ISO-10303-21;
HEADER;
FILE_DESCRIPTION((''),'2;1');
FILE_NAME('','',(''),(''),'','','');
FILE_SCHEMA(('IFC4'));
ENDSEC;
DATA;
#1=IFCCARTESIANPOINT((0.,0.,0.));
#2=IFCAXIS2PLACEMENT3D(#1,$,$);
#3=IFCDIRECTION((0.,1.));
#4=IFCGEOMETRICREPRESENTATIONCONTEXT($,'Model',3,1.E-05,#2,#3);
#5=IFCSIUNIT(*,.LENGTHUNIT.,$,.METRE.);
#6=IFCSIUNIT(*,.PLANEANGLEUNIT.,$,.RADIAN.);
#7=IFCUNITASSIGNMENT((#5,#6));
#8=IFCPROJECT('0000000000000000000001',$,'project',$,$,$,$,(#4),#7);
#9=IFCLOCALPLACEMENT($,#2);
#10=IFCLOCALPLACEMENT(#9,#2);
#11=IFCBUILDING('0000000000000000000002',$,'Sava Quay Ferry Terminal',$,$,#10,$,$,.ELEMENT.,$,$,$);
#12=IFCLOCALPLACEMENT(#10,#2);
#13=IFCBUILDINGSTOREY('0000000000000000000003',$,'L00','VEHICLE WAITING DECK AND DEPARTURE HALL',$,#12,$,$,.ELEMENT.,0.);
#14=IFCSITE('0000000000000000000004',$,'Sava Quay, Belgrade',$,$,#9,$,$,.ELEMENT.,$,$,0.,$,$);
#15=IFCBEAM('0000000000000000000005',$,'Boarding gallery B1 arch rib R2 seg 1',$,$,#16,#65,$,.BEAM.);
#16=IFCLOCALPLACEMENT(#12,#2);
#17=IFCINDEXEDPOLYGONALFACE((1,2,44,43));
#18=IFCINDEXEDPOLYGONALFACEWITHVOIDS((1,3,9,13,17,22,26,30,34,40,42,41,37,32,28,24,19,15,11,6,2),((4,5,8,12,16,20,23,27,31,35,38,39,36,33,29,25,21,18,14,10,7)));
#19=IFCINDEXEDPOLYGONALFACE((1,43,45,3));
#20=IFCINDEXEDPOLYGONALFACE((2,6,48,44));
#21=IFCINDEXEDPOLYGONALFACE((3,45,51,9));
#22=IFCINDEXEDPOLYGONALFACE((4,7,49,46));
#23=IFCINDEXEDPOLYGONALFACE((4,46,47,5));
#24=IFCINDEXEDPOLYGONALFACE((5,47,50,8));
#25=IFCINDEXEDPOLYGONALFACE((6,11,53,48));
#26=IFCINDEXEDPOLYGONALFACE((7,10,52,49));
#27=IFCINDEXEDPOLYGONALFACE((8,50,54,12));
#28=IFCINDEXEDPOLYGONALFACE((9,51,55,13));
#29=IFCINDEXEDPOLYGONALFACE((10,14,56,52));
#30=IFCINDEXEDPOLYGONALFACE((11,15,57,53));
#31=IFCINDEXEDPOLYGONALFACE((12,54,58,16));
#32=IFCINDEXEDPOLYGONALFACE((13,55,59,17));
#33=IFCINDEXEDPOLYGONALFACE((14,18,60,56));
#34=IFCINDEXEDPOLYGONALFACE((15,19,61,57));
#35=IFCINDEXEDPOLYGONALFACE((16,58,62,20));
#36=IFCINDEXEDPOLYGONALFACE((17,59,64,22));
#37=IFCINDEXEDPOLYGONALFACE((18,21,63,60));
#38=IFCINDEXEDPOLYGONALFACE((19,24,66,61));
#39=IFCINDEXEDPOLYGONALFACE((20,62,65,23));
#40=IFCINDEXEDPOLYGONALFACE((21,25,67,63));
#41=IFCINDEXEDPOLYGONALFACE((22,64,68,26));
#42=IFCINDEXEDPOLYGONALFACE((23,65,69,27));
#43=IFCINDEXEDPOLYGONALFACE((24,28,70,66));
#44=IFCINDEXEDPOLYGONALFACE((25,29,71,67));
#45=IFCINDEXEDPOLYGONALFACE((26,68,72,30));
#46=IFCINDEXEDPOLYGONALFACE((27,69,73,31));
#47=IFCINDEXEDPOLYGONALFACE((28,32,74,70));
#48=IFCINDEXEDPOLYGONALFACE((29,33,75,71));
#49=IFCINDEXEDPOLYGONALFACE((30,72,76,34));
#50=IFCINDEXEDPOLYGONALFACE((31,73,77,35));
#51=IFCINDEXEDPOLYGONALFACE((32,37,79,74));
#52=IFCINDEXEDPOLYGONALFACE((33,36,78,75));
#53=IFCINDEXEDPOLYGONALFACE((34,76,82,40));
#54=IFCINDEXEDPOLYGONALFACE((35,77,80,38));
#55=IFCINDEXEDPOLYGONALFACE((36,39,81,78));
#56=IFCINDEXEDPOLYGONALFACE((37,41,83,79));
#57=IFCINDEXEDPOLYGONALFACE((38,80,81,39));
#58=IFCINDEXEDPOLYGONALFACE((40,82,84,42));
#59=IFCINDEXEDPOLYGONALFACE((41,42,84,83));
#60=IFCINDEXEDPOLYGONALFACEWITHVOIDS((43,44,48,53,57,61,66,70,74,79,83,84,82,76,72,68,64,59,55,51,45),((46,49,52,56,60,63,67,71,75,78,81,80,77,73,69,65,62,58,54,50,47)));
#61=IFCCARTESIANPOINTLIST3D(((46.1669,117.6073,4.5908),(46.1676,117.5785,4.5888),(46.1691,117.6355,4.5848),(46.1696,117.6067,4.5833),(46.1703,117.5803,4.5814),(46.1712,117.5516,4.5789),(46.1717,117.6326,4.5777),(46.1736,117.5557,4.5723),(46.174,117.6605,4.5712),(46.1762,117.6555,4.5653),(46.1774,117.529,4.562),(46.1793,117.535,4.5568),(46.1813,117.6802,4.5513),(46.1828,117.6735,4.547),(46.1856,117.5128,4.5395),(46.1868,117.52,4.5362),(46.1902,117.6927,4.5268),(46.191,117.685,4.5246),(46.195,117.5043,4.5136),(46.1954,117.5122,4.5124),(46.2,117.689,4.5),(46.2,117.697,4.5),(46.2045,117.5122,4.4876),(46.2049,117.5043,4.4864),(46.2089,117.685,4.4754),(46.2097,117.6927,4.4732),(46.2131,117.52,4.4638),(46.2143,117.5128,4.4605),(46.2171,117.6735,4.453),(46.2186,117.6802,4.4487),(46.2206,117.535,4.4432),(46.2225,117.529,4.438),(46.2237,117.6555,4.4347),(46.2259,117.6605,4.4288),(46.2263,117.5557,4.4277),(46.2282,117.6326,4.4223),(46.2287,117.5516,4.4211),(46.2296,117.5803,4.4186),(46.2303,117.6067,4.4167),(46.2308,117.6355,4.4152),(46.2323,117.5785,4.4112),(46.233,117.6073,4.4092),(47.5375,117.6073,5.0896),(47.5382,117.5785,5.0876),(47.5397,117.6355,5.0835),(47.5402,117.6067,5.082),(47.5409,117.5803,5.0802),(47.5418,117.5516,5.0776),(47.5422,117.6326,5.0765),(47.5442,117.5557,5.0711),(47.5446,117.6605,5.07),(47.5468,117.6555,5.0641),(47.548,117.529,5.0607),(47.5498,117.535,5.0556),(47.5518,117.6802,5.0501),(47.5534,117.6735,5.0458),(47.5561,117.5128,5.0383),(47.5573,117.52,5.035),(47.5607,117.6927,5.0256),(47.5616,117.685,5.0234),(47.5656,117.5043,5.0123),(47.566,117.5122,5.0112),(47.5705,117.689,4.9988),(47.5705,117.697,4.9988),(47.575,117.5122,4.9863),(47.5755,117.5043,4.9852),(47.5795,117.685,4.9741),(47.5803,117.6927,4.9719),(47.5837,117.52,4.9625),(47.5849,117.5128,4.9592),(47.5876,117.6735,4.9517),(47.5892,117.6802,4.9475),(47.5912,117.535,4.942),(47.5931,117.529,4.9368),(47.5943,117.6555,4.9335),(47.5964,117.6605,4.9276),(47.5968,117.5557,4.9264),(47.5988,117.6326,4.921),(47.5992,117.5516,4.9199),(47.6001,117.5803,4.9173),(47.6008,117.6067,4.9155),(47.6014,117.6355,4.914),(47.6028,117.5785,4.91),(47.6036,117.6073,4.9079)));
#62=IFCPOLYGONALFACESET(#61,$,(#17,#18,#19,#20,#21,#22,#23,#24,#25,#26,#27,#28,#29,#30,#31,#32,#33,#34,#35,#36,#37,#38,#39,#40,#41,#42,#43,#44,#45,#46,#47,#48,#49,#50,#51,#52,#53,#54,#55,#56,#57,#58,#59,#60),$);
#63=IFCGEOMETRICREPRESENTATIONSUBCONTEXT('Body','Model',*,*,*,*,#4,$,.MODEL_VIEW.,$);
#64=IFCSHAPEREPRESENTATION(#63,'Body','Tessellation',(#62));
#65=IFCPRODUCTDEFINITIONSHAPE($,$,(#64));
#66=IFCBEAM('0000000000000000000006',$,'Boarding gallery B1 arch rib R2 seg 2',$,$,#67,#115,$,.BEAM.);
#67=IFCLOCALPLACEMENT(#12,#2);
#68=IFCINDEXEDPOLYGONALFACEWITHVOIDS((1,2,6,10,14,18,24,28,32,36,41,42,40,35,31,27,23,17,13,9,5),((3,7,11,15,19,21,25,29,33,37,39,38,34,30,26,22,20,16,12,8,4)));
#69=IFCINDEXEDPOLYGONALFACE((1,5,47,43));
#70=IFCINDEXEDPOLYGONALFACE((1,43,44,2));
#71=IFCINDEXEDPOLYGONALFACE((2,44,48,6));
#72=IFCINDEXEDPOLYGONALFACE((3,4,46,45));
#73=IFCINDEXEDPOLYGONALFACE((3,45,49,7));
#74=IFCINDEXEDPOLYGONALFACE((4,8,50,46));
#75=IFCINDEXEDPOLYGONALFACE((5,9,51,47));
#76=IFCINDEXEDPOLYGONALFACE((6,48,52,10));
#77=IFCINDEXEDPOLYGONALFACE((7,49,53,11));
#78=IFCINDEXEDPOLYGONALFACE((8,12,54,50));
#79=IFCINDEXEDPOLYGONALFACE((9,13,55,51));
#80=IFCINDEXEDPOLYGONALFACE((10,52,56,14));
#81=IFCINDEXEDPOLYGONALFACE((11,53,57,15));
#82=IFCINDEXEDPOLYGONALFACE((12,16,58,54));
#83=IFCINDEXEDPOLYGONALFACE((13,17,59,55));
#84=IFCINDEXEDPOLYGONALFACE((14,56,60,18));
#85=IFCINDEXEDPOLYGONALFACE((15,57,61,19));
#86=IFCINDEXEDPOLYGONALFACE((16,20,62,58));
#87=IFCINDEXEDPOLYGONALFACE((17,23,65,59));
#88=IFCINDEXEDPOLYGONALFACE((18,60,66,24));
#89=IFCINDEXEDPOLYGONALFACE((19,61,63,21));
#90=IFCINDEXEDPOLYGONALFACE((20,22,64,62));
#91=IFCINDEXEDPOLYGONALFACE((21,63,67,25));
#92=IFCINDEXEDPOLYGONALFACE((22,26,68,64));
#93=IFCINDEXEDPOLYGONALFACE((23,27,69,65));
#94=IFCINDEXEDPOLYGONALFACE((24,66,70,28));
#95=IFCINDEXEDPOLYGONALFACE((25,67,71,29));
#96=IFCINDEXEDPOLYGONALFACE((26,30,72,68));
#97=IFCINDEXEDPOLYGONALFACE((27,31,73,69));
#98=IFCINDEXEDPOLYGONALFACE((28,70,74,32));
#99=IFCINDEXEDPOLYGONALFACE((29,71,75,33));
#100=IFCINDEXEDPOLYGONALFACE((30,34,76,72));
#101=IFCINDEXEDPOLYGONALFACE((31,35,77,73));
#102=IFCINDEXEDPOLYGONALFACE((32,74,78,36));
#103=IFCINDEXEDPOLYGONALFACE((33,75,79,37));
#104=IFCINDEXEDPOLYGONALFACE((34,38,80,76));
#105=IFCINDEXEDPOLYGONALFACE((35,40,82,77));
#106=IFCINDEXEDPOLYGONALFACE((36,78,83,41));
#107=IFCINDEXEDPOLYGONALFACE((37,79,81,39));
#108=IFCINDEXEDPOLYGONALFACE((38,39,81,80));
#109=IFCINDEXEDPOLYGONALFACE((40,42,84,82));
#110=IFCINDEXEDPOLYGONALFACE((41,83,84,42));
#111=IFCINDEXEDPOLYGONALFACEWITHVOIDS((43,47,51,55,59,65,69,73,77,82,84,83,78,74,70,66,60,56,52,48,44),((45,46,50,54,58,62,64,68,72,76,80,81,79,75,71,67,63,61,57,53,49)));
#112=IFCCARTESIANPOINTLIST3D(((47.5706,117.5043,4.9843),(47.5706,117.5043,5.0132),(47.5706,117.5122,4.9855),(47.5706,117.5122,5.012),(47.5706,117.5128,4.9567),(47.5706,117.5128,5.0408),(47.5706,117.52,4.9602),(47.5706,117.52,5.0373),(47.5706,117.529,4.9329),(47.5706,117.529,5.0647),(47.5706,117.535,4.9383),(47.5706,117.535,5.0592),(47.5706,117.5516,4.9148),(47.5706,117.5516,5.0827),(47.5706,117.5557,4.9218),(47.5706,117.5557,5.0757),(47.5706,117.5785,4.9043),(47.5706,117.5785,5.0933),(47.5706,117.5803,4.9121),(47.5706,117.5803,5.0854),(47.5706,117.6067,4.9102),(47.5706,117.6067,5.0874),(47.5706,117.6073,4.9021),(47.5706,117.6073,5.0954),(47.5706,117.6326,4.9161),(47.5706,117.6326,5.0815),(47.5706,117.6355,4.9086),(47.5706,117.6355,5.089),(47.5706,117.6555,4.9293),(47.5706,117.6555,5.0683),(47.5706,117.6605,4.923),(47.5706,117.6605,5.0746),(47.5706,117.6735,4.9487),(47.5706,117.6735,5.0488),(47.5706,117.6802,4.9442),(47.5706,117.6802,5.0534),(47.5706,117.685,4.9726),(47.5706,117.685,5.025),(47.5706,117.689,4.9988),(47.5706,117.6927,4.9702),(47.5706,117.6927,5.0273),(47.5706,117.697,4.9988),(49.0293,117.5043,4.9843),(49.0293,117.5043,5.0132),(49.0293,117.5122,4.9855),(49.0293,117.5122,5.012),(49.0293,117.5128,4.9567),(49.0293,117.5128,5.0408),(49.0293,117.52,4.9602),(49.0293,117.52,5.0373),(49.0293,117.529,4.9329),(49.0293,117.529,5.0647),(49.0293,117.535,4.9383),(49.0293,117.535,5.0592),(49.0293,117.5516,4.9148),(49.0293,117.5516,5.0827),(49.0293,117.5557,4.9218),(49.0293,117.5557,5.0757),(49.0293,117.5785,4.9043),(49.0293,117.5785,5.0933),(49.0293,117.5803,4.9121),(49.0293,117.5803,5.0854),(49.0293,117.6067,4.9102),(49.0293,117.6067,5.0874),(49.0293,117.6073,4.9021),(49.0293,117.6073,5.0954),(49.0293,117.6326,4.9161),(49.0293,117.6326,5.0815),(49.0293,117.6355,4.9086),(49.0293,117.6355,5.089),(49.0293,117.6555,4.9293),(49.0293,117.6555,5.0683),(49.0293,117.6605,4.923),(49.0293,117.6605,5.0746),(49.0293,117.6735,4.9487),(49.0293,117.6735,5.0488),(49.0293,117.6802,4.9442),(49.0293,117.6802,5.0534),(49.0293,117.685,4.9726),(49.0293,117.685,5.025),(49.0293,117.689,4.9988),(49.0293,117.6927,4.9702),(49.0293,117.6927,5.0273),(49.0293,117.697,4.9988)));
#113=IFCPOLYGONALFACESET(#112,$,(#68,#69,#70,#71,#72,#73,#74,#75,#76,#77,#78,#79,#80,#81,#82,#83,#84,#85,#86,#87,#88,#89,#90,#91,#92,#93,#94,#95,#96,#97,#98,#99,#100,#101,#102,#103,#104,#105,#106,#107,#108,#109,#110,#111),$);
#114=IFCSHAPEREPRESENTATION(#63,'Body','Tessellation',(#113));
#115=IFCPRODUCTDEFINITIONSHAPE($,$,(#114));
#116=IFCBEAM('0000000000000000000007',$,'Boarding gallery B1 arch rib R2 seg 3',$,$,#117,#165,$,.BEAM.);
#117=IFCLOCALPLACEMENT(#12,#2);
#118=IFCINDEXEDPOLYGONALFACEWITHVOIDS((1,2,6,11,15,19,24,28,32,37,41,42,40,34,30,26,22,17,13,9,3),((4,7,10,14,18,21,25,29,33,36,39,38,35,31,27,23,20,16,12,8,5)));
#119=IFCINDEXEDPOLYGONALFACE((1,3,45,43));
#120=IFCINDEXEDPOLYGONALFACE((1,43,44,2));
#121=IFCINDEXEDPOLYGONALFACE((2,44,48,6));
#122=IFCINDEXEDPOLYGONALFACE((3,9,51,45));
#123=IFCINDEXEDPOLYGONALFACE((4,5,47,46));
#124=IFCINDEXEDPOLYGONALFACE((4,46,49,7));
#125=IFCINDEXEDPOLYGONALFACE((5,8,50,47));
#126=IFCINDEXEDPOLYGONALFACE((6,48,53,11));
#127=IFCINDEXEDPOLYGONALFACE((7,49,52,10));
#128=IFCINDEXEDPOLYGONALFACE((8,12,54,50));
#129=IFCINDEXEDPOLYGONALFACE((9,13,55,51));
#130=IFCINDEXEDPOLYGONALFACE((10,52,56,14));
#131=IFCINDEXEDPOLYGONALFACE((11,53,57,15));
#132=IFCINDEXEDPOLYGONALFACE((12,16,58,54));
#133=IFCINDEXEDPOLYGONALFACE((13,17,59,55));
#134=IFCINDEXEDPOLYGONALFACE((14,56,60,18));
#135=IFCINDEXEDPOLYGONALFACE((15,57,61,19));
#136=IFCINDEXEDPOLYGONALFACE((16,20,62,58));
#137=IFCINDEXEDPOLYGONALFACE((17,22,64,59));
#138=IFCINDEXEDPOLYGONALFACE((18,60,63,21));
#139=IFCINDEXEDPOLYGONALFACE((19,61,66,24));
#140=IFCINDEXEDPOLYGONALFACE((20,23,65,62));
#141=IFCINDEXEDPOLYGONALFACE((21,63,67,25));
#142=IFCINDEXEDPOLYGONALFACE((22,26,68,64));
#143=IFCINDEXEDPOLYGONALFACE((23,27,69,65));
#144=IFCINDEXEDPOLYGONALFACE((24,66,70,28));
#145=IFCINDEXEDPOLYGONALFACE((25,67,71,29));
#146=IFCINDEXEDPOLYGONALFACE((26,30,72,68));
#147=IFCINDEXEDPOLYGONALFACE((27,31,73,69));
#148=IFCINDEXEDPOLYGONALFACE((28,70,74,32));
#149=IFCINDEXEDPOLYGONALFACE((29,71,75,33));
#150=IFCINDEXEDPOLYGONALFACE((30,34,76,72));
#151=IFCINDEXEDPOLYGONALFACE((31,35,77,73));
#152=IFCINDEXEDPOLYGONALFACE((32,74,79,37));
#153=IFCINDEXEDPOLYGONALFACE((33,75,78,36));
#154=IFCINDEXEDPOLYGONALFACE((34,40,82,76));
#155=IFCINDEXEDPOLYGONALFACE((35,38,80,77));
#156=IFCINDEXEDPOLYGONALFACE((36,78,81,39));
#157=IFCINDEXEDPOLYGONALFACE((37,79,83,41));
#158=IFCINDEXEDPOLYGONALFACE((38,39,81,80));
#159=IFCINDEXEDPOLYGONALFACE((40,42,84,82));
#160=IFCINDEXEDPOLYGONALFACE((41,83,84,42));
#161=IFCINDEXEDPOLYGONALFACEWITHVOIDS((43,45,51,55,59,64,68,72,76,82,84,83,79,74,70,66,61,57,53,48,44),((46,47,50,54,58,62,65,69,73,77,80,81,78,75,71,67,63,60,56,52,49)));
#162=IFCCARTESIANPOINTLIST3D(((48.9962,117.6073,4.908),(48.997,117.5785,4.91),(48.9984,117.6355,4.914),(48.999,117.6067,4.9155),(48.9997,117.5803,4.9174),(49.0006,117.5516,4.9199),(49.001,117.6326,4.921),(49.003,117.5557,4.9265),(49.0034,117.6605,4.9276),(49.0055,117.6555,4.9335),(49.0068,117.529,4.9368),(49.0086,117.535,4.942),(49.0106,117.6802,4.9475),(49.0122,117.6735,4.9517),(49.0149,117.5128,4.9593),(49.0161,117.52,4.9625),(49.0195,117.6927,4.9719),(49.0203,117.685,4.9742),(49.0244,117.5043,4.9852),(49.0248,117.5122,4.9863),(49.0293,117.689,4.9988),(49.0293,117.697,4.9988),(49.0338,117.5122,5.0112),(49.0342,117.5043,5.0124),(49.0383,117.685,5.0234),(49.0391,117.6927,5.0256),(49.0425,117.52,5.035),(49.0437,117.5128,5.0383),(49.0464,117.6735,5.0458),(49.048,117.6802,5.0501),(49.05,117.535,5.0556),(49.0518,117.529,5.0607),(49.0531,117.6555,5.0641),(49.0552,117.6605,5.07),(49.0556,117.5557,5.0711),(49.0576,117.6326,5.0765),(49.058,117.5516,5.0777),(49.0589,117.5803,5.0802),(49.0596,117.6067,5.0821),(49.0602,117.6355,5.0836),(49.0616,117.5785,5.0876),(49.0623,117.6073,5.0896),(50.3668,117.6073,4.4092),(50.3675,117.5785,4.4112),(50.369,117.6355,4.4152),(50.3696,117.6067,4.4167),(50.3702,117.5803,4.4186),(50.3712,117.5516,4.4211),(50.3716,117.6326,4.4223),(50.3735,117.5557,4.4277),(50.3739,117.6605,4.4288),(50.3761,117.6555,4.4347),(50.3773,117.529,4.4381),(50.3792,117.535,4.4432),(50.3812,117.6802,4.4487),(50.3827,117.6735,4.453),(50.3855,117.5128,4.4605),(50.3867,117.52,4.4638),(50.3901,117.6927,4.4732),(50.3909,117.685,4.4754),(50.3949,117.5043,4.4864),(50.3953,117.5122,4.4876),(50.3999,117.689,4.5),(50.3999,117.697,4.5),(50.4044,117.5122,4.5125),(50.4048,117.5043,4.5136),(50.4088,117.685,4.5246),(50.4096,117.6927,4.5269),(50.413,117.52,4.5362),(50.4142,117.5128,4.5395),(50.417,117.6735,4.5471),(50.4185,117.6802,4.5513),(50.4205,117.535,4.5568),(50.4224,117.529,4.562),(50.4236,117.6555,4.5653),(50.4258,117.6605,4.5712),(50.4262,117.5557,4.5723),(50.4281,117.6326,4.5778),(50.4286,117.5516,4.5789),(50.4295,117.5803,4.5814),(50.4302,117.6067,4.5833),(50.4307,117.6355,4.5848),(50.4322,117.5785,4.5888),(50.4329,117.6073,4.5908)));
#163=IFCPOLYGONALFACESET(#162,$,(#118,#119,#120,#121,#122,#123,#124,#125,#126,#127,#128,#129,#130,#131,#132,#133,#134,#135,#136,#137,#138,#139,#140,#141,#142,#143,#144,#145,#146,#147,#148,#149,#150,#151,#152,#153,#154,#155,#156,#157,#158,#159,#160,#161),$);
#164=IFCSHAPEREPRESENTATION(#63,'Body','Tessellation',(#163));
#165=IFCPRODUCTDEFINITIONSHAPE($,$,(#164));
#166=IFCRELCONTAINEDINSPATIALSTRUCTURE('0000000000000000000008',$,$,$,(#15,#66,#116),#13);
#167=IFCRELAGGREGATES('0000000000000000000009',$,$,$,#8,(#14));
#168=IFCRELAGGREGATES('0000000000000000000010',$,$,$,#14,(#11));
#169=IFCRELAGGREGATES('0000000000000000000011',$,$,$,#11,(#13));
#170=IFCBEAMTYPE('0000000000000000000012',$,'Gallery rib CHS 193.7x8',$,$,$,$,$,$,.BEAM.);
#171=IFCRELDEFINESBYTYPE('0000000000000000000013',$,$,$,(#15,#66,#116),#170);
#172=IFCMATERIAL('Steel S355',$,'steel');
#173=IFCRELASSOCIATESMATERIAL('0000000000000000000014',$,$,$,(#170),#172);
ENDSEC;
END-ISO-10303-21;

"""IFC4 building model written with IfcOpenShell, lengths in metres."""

from ifc_helpers import new_model, si_unit, direction, frame, origin, origin_2d, place, context, subcontext, project, spatial, hollow_circle, extrude, material, material_profile, profile_set, type_object, element, save


model = new_model("IFC4")

# Units and contexts
model_context = context("Model", 3, precision=1e-05, world=origin(), true_north=direction((0.0, 1.0)))
body_context = subcontext(model_context, "Body", "Model", "MODEL_VIEW")
ifc_project = project(units=[si_unit("LENGTHUNIT", "METRE"), si_unit("PLANEANGLEUNIT", "RADIAN")], contexts=[model_context])

# Site, building, storey
site_placement = place(None, origin())
site = spatial("IfcSite", under=ifc_project, at=site_placement, Name="Sava Quay, Belgrade", CompositionType="ELEMENT", RefElevation=0.0)
building_placement = place(site_placement, origin())
building = spatial("IfcBuilding", under=site, at=building_placement, Name="Sava Quay Ferry Terminal", CompositionType="ELEMENT")
storey_placement = place(building_placement, origin())
storey = spatial("IfcBuildingStorey", under=building, at=storey_placement, Name="L00", Description="VEHICLE WAITING DECK AND DEPARTURE HALL", CompositionType="ELEMENT", Elevation=0.0)

# Beams
ifc_material_1 = material(Name="Steel S355", Category="steel")
ifc_material_profile_1 = material_profile(ifc_material_1, hollow_circle(Radius=0.0969, WallThickness=0.0081, at=origin_2d()), Name="CHS 193.7 x 8.0")
ifc_profile_set_1 = profile_set([ifc_material_profile_1], Name="Steel S355")
beam_type_1 = type_object("IfcBeamType", Name="Gallery rib CHS 193.7x8", PredefinedType="BEAM", material=ifc_profile_set_1)
for number, where, z_axis, x_axis, name in (
    (1, (46.2, 117.6001, 4.5), (0.93971, 0.0, 0.341972), (0.0, 1.0, 0.0), "Boarding gallery B1 arch rib R2 seg 1"),
):
    element("IfcBeam", number, at=place(storey_placement, frame(where, z_axis=z_axis, x_axis=x_axis)), inside=storey, type_object=beam_type_1, Name=name, PredefinedType="BEAM", context=body_context, shape_type="SweptSolid", body=[
        extrude(hollow_circle(Radius=0.0969, WallThickness=0.0081, at=origin_2d()), origin(), (0.0, 0.0, 1.0), 1.4585),
    ])
beam_1_placement = place(storey_placement, frame((47.5706, 117.6001, 4.9988), z_axis=(1.0, 0.0, 0.0), x_axis=(0.0, 1.0, 0.0)))
element("IfcBeam", 2, at=beam_1_placement, inside=storey, type_object=beam_type_1, Name="Boarding gallery B1 arch rib R2 seg 2", PredefinedType="BEAM", context=body_context, shape_type="SweptSolid", body=[
    extrude(hollow_circle(Radius=0.0969, WallThickness=0.0081, at=origin_2d()), origin(), (0.0, 0.0, 1.0), 1.4587),
])
beam_2_placement = place(storey_placement, frame((49.0293, 117.6001, 4.9988), z_axis=(0.93971, 0.0, -0.341972), x_axis=(0.0, 1.0, 0.0)))
element("IfcBeam", 3, at=beam_2_placement, inside=storey, type_object=beam_type_1, Name="Boarding gallery B1 arch rib R2 seg 3", PredefinedType="BEAM", context=body_context, shape_type="SweptSolid", body=[
    extrude(hollow_circle(Radius=0.0969, WallThickness=0.0081, at=origin_2d()), origin(), (0.0, 0.0, 1.0), 1.4585),
])

save(model, "model.ifc")
